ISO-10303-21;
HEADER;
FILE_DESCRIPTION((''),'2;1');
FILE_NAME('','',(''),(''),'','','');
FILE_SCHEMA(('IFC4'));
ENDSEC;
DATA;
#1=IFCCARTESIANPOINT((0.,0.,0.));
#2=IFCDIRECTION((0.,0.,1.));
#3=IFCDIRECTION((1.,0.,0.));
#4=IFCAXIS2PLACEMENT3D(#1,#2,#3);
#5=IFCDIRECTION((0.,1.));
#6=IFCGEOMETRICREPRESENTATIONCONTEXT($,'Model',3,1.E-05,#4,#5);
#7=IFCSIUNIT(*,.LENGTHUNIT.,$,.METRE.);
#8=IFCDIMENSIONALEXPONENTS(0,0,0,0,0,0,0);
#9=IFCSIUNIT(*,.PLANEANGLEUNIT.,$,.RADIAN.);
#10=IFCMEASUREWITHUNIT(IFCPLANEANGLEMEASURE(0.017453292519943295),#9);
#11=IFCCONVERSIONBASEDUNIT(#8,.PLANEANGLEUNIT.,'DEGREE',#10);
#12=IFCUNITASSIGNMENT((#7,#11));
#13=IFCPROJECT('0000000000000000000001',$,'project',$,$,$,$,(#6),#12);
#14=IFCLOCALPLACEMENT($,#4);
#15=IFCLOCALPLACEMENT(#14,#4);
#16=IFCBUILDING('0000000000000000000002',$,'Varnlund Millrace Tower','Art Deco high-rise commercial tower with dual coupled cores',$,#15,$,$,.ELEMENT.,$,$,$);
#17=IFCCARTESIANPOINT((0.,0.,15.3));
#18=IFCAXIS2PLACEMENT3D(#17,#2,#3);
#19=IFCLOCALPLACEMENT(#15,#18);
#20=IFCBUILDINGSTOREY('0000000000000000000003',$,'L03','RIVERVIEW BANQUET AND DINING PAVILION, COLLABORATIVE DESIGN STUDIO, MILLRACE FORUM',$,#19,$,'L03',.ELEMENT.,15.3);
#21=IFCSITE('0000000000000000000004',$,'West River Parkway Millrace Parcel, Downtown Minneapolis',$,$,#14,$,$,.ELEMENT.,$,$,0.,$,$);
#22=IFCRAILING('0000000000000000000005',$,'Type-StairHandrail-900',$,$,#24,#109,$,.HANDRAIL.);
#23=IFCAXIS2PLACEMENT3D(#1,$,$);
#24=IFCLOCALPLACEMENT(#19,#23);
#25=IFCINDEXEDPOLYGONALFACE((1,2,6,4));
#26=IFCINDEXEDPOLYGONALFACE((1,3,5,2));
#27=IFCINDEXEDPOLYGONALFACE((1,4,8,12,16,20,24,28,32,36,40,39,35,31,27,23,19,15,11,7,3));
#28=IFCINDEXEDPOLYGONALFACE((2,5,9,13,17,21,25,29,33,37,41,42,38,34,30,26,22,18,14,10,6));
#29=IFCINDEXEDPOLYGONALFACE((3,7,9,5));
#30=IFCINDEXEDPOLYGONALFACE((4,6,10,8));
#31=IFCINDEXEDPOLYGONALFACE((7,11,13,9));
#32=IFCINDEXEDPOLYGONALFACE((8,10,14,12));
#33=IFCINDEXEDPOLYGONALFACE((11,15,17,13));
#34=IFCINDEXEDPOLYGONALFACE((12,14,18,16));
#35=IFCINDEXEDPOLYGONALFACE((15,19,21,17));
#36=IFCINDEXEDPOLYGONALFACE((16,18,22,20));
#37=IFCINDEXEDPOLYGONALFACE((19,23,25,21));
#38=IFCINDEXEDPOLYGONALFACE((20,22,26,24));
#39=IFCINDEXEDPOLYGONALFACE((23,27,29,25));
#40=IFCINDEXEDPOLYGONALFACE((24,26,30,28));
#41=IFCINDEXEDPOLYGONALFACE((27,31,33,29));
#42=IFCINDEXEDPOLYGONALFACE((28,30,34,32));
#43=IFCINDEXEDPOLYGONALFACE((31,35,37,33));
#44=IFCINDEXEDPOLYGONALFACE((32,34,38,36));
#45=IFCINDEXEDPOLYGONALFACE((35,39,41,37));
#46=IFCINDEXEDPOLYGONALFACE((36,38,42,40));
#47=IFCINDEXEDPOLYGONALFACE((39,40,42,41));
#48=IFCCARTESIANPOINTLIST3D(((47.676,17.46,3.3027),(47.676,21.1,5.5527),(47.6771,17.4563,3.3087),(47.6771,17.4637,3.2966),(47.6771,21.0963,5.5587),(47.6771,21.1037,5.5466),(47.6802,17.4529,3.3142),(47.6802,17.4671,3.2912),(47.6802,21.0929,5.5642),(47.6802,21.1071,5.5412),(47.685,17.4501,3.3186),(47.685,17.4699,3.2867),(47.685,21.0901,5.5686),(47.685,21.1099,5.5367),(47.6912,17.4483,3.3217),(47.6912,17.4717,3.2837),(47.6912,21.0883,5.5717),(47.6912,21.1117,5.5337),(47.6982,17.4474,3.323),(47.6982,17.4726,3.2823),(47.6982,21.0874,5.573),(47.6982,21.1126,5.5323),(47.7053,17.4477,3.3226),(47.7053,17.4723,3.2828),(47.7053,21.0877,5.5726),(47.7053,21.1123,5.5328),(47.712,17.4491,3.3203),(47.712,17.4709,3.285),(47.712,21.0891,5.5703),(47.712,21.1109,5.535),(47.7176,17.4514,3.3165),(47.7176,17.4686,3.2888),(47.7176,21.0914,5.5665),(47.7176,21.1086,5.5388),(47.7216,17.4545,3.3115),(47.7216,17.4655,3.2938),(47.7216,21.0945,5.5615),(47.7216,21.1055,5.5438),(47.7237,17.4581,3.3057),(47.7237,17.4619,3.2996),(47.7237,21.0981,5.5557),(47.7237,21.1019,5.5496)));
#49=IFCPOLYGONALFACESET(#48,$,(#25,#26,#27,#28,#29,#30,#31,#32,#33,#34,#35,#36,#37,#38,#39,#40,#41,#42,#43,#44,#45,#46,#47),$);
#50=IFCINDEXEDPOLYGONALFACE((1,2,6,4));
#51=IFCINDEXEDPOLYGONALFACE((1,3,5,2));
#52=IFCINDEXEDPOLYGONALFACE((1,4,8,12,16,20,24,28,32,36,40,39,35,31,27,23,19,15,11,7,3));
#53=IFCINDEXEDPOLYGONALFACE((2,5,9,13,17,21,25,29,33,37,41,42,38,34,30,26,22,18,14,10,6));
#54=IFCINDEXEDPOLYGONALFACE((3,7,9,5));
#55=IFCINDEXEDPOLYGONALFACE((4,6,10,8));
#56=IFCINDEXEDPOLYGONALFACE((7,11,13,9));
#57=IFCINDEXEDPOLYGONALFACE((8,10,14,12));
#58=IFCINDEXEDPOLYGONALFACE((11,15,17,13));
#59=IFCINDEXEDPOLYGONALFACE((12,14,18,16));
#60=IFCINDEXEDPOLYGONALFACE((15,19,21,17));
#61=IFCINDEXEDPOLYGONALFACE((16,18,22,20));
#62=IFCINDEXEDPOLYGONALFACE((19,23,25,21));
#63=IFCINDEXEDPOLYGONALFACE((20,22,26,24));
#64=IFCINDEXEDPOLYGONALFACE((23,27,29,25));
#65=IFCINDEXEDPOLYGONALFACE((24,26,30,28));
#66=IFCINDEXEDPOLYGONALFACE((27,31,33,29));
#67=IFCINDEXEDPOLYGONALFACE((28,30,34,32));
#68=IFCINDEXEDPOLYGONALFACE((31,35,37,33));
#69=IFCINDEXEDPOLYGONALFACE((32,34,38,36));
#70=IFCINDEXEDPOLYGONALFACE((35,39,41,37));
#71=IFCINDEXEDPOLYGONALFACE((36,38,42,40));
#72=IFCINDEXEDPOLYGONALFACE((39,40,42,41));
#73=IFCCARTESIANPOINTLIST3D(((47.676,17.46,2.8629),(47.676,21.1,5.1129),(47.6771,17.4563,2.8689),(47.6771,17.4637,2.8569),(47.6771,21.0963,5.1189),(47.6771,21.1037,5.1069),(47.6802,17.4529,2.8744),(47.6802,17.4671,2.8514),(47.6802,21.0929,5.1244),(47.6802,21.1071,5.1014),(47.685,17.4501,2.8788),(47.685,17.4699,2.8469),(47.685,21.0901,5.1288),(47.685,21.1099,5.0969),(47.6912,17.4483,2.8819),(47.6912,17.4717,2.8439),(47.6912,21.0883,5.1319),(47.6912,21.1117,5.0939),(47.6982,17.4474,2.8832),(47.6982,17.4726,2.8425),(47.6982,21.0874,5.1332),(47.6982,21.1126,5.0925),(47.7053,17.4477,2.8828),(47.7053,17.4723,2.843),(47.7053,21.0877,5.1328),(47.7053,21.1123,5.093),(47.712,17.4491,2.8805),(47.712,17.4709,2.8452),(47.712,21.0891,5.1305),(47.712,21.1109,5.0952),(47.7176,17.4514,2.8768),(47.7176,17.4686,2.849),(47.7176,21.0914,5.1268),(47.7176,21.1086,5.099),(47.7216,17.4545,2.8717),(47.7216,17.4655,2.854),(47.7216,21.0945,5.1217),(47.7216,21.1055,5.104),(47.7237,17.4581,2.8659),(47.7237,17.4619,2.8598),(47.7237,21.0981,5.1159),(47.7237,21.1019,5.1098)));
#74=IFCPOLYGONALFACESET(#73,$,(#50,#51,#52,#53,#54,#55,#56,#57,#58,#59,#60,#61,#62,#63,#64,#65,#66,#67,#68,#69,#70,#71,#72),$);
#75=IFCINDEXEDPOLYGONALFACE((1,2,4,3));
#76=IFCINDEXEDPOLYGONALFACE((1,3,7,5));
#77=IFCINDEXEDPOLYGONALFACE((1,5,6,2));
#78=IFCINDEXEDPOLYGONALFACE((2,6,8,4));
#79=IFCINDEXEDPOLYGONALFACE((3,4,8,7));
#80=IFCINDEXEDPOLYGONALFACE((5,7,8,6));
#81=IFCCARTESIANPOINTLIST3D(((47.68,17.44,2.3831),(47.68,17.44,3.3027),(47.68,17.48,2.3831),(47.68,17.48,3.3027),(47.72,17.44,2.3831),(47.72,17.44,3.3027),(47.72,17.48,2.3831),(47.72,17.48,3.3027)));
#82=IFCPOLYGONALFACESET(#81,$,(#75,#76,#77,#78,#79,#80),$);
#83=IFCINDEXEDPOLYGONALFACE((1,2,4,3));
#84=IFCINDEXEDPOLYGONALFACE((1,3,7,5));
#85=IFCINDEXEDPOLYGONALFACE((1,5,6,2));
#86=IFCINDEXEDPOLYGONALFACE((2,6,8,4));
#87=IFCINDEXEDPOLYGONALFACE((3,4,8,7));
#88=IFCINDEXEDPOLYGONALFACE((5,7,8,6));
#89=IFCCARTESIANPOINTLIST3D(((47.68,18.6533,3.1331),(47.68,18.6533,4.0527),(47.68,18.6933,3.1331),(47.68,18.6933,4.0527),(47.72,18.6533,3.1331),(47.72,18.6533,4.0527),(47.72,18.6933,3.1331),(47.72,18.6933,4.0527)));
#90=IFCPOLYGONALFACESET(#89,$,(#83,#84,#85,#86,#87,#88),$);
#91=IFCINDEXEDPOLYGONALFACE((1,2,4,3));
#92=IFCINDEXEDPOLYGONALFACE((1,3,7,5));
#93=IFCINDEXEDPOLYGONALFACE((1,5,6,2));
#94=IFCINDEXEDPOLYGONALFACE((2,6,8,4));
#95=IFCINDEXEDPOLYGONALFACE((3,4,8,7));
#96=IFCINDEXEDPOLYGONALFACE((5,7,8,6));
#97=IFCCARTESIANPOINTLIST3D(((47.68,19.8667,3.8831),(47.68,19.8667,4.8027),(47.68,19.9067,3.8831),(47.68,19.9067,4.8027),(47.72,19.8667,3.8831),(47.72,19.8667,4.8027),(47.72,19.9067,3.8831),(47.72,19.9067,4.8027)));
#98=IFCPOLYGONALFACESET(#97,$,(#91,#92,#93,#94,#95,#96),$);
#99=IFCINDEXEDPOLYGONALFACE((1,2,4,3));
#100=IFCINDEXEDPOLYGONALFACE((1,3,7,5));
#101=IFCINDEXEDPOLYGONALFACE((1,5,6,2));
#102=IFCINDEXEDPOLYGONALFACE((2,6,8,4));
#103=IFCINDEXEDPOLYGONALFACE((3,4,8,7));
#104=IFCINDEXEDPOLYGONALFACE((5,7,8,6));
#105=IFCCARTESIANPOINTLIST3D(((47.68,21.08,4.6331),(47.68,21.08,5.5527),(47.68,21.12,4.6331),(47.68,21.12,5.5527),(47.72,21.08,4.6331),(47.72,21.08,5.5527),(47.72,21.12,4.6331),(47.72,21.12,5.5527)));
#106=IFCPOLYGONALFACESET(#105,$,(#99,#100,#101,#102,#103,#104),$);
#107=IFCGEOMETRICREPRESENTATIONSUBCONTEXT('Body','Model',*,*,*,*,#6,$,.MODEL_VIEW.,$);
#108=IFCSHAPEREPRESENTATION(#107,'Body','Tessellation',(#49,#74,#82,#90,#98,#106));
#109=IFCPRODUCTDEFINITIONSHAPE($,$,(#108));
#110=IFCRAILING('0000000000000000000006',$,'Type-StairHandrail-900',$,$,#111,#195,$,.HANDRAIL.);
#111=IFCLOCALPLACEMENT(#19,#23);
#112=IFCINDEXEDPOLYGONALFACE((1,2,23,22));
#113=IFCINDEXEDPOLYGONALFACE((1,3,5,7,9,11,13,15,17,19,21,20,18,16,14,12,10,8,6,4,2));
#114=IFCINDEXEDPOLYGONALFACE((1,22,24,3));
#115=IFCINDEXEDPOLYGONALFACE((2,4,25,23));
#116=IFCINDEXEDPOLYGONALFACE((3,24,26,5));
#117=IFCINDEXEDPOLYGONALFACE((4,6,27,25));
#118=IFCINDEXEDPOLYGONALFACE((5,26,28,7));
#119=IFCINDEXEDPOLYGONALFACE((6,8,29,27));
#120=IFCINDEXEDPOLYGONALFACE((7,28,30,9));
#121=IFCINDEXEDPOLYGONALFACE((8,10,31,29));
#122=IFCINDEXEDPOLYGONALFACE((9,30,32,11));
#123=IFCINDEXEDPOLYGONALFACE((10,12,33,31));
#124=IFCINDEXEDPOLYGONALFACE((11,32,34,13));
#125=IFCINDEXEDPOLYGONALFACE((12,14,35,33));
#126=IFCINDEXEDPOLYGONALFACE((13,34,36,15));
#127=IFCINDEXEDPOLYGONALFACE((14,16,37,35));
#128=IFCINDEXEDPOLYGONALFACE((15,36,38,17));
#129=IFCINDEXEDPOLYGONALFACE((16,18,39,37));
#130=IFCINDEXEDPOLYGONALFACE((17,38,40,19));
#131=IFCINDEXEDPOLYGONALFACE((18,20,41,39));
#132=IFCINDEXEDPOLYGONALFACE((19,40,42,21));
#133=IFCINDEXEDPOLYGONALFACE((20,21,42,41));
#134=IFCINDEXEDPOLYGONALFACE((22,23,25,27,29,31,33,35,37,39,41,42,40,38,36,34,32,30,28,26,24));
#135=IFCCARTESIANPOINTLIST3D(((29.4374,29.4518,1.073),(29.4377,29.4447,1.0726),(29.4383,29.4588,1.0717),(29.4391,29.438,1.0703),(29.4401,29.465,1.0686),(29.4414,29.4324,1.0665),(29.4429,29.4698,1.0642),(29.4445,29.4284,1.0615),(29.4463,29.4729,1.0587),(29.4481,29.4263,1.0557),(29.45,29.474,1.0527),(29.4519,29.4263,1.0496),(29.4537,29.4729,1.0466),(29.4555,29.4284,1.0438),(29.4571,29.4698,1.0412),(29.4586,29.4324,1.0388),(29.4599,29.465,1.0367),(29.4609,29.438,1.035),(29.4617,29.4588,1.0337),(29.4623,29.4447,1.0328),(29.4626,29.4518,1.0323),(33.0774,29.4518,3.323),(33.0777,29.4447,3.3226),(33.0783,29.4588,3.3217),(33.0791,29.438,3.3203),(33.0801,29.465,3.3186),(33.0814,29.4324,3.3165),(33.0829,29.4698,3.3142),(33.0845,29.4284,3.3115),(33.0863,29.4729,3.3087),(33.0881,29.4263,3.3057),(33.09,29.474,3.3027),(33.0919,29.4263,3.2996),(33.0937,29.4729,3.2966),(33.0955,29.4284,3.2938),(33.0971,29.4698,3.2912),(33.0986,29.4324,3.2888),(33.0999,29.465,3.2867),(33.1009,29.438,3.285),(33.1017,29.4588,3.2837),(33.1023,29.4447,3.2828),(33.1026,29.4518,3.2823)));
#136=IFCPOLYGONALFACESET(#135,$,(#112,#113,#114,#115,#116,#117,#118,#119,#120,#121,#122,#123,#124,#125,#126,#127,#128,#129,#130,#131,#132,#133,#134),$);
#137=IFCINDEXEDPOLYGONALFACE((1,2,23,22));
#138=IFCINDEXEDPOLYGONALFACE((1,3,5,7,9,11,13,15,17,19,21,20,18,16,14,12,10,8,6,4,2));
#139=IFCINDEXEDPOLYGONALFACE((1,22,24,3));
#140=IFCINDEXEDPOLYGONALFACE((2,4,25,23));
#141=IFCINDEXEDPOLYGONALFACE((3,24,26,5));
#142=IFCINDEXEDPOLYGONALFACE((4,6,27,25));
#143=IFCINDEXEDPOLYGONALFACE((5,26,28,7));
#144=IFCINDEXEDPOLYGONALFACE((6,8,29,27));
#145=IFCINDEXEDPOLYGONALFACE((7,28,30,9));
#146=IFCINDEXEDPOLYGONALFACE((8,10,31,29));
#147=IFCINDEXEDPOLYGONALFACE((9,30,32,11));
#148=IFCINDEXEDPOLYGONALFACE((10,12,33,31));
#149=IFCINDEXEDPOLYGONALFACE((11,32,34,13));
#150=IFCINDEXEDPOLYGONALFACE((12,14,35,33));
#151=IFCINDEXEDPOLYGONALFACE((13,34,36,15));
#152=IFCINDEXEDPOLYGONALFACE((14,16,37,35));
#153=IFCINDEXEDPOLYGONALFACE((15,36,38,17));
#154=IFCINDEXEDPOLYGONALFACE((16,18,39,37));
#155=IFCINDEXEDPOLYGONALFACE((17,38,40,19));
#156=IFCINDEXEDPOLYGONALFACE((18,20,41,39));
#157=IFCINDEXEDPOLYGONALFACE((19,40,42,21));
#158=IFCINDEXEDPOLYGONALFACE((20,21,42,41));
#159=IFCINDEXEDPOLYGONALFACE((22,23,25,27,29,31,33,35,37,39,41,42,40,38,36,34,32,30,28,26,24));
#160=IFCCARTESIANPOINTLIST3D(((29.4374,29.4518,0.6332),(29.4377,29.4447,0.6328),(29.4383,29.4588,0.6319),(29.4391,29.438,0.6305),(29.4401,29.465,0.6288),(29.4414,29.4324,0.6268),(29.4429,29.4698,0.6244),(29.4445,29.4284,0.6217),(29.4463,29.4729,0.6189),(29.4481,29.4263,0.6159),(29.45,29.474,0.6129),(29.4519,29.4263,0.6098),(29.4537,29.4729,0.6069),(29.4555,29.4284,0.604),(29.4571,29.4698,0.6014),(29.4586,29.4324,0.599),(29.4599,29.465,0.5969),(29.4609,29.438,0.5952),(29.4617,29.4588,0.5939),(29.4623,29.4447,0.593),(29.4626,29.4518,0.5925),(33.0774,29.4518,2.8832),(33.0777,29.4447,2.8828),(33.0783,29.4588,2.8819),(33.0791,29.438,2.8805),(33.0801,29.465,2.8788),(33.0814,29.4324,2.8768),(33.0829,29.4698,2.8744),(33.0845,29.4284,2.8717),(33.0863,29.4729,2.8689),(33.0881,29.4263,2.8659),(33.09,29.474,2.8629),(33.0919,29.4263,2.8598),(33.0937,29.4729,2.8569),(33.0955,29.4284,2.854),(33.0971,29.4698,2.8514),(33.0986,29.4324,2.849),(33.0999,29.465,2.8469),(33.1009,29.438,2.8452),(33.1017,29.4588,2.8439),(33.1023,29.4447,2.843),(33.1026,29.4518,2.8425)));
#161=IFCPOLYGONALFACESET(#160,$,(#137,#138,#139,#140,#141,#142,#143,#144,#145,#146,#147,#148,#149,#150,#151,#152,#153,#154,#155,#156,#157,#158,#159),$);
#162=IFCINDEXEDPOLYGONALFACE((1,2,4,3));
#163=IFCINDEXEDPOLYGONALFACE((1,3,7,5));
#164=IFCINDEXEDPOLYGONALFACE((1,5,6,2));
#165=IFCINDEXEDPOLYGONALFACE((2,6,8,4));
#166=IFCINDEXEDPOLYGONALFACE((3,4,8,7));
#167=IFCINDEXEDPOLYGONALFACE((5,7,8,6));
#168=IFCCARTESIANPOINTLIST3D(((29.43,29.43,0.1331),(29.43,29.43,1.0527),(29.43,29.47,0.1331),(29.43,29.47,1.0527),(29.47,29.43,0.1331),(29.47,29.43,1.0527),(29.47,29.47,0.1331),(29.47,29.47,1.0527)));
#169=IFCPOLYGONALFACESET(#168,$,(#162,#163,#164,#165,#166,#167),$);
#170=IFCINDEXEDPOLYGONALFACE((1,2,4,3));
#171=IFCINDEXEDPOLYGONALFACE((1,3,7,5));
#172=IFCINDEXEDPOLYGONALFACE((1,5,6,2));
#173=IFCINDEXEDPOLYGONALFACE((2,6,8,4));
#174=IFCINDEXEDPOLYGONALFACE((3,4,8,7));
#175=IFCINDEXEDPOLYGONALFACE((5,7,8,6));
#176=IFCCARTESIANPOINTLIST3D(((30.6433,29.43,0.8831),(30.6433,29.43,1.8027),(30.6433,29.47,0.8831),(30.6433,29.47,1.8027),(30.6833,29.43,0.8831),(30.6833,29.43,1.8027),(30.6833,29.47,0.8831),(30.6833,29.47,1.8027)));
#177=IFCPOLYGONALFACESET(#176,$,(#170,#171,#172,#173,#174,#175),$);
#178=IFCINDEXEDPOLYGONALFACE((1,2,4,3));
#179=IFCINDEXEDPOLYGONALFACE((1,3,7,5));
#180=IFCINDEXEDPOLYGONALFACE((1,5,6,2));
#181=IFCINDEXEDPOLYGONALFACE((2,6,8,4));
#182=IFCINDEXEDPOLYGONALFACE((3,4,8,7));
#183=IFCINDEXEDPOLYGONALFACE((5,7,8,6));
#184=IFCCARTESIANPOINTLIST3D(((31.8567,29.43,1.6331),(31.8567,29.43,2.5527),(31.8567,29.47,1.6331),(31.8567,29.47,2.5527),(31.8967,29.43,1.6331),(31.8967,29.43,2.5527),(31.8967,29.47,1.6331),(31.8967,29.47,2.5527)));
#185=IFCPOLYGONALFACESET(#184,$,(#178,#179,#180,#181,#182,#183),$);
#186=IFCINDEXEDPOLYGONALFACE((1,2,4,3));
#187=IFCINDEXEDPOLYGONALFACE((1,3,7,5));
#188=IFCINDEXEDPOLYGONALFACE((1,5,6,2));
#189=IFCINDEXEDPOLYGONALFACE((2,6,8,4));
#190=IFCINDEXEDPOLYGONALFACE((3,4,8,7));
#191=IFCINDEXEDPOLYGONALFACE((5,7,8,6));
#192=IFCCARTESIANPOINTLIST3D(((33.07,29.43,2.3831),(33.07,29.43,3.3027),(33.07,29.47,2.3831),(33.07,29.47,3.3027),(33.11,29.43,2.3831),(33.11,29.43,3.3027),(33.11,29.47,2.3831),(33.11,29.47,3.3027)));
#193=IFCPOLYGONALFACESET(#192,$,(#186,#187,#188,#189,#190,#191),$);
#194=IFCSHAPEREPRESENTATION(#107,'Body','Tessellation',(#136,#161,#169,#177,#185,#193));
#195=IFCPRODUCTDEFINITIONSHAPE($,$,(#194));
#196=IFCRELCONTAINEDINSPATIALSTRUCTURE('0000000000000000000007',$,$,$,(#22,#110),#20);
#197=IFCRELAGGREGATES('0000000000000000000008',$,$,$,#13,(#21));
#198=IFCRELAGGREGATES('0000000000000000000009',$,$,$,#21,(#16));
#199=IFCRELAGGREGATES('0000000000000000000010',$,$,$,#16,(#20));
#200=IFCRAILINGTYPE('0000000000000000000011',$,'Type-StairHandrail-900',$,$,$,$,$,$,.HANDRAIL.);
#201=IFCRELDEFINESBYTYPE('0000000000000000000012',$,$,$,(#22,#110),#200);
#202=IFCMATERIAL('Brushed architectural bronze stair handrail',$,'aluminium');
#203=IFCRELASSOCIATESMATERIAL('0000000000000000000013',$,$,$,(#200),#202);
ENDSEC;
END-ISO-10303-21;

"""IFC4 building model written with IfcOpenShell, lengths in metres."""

from ifc_helpers import new_model, entity, si_unit, converted_unit, direction, frame, origin_with_axes, origin_2d_with_axis, place, context, subcontext, project, spatial, rectangle, circle, extrude, material, type_object, element, save


model = new_model("IFC4")

# Units and contexts
model_context = context("Model", 3, precision=1e-05, world=origin_with_axes(), true_north=direction((0.0, 1.0)))
body_context = subcontext(model_context, "Body", "Model", "MODEL_VIEW")
ifc_project = project(units=[si_unit("LENGTHUNIT", "METRE"), converted_unit("PLANEANGLEUNIT", "DEGREE", entity("IfcPlaneAngleMeasure", 0.017453292519943295), si_unit("PLANEANGLEUNIT", "RADIAN"), dimensions=[0, 0, 0, 0, 0, 0, 0])], contexts=[model_context])

# Site, building, storey
site_placement = place(None, origin_with_axes())
site = spatial("IfcSite", under=ifc_project, at=site_placement, Name="West River Parkway Millrace Parcel, Downtown Minneapolis", CompositionType="ELEMENT", RefElevation=0.0)
building_placement = place(site_placement, origin_with_axes())
building = spatial("IfcBuilding", under=site, at=building_placement, Name="Varnlund Millrace Tower", Description="Art Deco high-rise commercial tower with dual coupled cores", CompositionType="ELEMENT")
storey_placement = place(building_placement, frame((0.0, 0.0, 15.3), z_axis=(0.0, 0.0, 1.0), x_axis=(1.0, 0.0, 0.0)))
storey = spatial("IfcBuildingStorey", under=building, at=storey_placement, Name="L03", Description="RIVERVIEW BANQUET AND DINING PAVILION, COLLABORATIVE DESIGN STUDIO, MILLRACE FORUM", LongName="L03", CompositionType="ELEMENT", Elevation=15.3)

# Railings
ifc_material_1 = material(Name="Brushed architectural bronze stair handrail", Category="aluminium")
railing_type_1 = type_object("IfcRailingType", Name="Type-StairHandrail-900", PredefinedType="HANDRAIL", material=ifc_material_1)
railing_1_placement = place(storey_placement, frame((0.0, 0.0, -15.3), z_axis=(0.0, 0.0, 1.0), x_axis=(1.0, 0.0, 0.0)))
element("IfcRailing", 1, at=railing_1_placement, inside=storey, type_object=railing_type_1, Name="Type-StairHandrail-900", PredefinedType="HANDRAIL", context=body_context, shape_type="SweptSolid", body=[
    extrude(circle(Radius=0.024, at=origin_2d_with_axis()), frame((47.7, 17.46, 18.6027), z_axis=(0.0, 0.850614, 0.525791), x_axis=(-1.0, 0.0, 0.0)), (0.0, 0.0, 1.0), 4.2793),
    extrude(circle(Radius=0.024, at=origin_2d_with_axis()), frame((47.7, 17.46, 18.1629), z_axis=(0.0, 0.850614, 0.525791), x_axis=(-1.0, 0.0, 0.0)), (0.0, 0.0, 1.0), 4.2793),
    extrude(rectangle(XDim=0.04, YDim=0.04, at=origin_2d_with_axis()), frame((47.7, 17.46, 17.6831), z_axis=(0.0, 0.0, 1.0), x_axis=(1.0, 0.0, 0.0)), (0.0, 0.0, 1.0), 0.9196),
    extrude(rectangle(XDim=0.04, YDim=0.04, at=origin_2d_with_axis()), frame((47.7, 18.6733, 18.4331), z_axis=(0.0, 0.0, 1.0), x_axis=(1.0, 0.0, 0.0)), (0.0, 0.0, 1.0), 0.9196),
    extrude(rectangle(XDim=0.04, YDim=0.04, at=origin_2d_with_axis()), frame((47.7, 19.8867, 19.1831), z_axis=(0.0, 0.0, 1.0), x_axis=(1.0, 0.0, 0.0)), (0.0, 0.0, 1.0), 0.9196),
    extrude(rectangle(XDim=0.04, YDim=0.04, at=origin_2d_with_axis()), frame((47.7, 21.1, 19.9331), z_axis=(0.0, 0.0, 1.0), x_axis=(1.0, 0.0, 0.0)), (0.0, 0.0, 1.0), 0.9196),
])
railing_2_placement = place(storey_placement, frame((0.0, 0.0, -15.3), z_axis=(0.0, 0.0, 1.0), x_axis=(1.0, 0.0, 0.0)))
element("IfcRailing", 2, at=railing_2_placement, inside=storey, type_object=railing_type_1, Name="Type-StairHandrail-900", PredefinedType="HANDRAIL", context=body_context, shape_type="SweptSolid", body=[
    extrude(circle(Radius=0.024, at=origin_2d_with_axis()), frame((29.45, 29.45, 16.3527), z_axis=(0.850614, 0.0, 0.525791), x_axis=(0.0, 1.0, 0.0)), (0.0, 0.0, 1.0), 4.2793),
    extrude(circle(Radius=0.024, at=origin_2d_with_axis()), frame((29.45, 29.45, 15.9129), z_axis=(0.850614, 0.0, 0.525791), x_axis=(0.0, 1.0, 0.0)), (0.0, 0.0, 1.0), 4.2793),
    extrude(rectangle(XDim=0.04, YDim=0.04, at=origin_2d_with_axis()), frame((29.45, 29.45, 15.4331), z_axis=(0.0, 0.0, 1.0), x_axis=(1.0, 0.0, 0.0)), (0.0, 0.0, 1.0), 0.9196),
    extrude(rectangle(XDim=0.04, YDim=0.04, at=origin_2d_with_axis()), frame((30.6633, 29.45, 16.1831), z_axis=(0.0, 0.0, 1.0), x_axis=(1.0, 0.0, 0.0)), (0.0, 0.0, 1.0), 0.9196),
    extrude(rectangle(XDim=0.04, YDim=0.04, at=origin_2d_with_axis()), frame((31.8767, 29.45, 16.9331), z_axis=(0.0, 0.0, 1.0), x_axis=(1.0, 0.0, 0.0)), (0.0, 0.0, 1.0), 0.9196),
    extrude(rectangle(XDim=0.04, YDim=0.04, at=origin_2d_with_axis()), frame((33.09, 29.45, 17.6831), z_axis=(0.0, 0.0, 1.0), x_axis=(1.0, 0.0, 0.0)), (0.0, 0.0, 1.0), 0.9196),
])

save(model, "model.ifc")
